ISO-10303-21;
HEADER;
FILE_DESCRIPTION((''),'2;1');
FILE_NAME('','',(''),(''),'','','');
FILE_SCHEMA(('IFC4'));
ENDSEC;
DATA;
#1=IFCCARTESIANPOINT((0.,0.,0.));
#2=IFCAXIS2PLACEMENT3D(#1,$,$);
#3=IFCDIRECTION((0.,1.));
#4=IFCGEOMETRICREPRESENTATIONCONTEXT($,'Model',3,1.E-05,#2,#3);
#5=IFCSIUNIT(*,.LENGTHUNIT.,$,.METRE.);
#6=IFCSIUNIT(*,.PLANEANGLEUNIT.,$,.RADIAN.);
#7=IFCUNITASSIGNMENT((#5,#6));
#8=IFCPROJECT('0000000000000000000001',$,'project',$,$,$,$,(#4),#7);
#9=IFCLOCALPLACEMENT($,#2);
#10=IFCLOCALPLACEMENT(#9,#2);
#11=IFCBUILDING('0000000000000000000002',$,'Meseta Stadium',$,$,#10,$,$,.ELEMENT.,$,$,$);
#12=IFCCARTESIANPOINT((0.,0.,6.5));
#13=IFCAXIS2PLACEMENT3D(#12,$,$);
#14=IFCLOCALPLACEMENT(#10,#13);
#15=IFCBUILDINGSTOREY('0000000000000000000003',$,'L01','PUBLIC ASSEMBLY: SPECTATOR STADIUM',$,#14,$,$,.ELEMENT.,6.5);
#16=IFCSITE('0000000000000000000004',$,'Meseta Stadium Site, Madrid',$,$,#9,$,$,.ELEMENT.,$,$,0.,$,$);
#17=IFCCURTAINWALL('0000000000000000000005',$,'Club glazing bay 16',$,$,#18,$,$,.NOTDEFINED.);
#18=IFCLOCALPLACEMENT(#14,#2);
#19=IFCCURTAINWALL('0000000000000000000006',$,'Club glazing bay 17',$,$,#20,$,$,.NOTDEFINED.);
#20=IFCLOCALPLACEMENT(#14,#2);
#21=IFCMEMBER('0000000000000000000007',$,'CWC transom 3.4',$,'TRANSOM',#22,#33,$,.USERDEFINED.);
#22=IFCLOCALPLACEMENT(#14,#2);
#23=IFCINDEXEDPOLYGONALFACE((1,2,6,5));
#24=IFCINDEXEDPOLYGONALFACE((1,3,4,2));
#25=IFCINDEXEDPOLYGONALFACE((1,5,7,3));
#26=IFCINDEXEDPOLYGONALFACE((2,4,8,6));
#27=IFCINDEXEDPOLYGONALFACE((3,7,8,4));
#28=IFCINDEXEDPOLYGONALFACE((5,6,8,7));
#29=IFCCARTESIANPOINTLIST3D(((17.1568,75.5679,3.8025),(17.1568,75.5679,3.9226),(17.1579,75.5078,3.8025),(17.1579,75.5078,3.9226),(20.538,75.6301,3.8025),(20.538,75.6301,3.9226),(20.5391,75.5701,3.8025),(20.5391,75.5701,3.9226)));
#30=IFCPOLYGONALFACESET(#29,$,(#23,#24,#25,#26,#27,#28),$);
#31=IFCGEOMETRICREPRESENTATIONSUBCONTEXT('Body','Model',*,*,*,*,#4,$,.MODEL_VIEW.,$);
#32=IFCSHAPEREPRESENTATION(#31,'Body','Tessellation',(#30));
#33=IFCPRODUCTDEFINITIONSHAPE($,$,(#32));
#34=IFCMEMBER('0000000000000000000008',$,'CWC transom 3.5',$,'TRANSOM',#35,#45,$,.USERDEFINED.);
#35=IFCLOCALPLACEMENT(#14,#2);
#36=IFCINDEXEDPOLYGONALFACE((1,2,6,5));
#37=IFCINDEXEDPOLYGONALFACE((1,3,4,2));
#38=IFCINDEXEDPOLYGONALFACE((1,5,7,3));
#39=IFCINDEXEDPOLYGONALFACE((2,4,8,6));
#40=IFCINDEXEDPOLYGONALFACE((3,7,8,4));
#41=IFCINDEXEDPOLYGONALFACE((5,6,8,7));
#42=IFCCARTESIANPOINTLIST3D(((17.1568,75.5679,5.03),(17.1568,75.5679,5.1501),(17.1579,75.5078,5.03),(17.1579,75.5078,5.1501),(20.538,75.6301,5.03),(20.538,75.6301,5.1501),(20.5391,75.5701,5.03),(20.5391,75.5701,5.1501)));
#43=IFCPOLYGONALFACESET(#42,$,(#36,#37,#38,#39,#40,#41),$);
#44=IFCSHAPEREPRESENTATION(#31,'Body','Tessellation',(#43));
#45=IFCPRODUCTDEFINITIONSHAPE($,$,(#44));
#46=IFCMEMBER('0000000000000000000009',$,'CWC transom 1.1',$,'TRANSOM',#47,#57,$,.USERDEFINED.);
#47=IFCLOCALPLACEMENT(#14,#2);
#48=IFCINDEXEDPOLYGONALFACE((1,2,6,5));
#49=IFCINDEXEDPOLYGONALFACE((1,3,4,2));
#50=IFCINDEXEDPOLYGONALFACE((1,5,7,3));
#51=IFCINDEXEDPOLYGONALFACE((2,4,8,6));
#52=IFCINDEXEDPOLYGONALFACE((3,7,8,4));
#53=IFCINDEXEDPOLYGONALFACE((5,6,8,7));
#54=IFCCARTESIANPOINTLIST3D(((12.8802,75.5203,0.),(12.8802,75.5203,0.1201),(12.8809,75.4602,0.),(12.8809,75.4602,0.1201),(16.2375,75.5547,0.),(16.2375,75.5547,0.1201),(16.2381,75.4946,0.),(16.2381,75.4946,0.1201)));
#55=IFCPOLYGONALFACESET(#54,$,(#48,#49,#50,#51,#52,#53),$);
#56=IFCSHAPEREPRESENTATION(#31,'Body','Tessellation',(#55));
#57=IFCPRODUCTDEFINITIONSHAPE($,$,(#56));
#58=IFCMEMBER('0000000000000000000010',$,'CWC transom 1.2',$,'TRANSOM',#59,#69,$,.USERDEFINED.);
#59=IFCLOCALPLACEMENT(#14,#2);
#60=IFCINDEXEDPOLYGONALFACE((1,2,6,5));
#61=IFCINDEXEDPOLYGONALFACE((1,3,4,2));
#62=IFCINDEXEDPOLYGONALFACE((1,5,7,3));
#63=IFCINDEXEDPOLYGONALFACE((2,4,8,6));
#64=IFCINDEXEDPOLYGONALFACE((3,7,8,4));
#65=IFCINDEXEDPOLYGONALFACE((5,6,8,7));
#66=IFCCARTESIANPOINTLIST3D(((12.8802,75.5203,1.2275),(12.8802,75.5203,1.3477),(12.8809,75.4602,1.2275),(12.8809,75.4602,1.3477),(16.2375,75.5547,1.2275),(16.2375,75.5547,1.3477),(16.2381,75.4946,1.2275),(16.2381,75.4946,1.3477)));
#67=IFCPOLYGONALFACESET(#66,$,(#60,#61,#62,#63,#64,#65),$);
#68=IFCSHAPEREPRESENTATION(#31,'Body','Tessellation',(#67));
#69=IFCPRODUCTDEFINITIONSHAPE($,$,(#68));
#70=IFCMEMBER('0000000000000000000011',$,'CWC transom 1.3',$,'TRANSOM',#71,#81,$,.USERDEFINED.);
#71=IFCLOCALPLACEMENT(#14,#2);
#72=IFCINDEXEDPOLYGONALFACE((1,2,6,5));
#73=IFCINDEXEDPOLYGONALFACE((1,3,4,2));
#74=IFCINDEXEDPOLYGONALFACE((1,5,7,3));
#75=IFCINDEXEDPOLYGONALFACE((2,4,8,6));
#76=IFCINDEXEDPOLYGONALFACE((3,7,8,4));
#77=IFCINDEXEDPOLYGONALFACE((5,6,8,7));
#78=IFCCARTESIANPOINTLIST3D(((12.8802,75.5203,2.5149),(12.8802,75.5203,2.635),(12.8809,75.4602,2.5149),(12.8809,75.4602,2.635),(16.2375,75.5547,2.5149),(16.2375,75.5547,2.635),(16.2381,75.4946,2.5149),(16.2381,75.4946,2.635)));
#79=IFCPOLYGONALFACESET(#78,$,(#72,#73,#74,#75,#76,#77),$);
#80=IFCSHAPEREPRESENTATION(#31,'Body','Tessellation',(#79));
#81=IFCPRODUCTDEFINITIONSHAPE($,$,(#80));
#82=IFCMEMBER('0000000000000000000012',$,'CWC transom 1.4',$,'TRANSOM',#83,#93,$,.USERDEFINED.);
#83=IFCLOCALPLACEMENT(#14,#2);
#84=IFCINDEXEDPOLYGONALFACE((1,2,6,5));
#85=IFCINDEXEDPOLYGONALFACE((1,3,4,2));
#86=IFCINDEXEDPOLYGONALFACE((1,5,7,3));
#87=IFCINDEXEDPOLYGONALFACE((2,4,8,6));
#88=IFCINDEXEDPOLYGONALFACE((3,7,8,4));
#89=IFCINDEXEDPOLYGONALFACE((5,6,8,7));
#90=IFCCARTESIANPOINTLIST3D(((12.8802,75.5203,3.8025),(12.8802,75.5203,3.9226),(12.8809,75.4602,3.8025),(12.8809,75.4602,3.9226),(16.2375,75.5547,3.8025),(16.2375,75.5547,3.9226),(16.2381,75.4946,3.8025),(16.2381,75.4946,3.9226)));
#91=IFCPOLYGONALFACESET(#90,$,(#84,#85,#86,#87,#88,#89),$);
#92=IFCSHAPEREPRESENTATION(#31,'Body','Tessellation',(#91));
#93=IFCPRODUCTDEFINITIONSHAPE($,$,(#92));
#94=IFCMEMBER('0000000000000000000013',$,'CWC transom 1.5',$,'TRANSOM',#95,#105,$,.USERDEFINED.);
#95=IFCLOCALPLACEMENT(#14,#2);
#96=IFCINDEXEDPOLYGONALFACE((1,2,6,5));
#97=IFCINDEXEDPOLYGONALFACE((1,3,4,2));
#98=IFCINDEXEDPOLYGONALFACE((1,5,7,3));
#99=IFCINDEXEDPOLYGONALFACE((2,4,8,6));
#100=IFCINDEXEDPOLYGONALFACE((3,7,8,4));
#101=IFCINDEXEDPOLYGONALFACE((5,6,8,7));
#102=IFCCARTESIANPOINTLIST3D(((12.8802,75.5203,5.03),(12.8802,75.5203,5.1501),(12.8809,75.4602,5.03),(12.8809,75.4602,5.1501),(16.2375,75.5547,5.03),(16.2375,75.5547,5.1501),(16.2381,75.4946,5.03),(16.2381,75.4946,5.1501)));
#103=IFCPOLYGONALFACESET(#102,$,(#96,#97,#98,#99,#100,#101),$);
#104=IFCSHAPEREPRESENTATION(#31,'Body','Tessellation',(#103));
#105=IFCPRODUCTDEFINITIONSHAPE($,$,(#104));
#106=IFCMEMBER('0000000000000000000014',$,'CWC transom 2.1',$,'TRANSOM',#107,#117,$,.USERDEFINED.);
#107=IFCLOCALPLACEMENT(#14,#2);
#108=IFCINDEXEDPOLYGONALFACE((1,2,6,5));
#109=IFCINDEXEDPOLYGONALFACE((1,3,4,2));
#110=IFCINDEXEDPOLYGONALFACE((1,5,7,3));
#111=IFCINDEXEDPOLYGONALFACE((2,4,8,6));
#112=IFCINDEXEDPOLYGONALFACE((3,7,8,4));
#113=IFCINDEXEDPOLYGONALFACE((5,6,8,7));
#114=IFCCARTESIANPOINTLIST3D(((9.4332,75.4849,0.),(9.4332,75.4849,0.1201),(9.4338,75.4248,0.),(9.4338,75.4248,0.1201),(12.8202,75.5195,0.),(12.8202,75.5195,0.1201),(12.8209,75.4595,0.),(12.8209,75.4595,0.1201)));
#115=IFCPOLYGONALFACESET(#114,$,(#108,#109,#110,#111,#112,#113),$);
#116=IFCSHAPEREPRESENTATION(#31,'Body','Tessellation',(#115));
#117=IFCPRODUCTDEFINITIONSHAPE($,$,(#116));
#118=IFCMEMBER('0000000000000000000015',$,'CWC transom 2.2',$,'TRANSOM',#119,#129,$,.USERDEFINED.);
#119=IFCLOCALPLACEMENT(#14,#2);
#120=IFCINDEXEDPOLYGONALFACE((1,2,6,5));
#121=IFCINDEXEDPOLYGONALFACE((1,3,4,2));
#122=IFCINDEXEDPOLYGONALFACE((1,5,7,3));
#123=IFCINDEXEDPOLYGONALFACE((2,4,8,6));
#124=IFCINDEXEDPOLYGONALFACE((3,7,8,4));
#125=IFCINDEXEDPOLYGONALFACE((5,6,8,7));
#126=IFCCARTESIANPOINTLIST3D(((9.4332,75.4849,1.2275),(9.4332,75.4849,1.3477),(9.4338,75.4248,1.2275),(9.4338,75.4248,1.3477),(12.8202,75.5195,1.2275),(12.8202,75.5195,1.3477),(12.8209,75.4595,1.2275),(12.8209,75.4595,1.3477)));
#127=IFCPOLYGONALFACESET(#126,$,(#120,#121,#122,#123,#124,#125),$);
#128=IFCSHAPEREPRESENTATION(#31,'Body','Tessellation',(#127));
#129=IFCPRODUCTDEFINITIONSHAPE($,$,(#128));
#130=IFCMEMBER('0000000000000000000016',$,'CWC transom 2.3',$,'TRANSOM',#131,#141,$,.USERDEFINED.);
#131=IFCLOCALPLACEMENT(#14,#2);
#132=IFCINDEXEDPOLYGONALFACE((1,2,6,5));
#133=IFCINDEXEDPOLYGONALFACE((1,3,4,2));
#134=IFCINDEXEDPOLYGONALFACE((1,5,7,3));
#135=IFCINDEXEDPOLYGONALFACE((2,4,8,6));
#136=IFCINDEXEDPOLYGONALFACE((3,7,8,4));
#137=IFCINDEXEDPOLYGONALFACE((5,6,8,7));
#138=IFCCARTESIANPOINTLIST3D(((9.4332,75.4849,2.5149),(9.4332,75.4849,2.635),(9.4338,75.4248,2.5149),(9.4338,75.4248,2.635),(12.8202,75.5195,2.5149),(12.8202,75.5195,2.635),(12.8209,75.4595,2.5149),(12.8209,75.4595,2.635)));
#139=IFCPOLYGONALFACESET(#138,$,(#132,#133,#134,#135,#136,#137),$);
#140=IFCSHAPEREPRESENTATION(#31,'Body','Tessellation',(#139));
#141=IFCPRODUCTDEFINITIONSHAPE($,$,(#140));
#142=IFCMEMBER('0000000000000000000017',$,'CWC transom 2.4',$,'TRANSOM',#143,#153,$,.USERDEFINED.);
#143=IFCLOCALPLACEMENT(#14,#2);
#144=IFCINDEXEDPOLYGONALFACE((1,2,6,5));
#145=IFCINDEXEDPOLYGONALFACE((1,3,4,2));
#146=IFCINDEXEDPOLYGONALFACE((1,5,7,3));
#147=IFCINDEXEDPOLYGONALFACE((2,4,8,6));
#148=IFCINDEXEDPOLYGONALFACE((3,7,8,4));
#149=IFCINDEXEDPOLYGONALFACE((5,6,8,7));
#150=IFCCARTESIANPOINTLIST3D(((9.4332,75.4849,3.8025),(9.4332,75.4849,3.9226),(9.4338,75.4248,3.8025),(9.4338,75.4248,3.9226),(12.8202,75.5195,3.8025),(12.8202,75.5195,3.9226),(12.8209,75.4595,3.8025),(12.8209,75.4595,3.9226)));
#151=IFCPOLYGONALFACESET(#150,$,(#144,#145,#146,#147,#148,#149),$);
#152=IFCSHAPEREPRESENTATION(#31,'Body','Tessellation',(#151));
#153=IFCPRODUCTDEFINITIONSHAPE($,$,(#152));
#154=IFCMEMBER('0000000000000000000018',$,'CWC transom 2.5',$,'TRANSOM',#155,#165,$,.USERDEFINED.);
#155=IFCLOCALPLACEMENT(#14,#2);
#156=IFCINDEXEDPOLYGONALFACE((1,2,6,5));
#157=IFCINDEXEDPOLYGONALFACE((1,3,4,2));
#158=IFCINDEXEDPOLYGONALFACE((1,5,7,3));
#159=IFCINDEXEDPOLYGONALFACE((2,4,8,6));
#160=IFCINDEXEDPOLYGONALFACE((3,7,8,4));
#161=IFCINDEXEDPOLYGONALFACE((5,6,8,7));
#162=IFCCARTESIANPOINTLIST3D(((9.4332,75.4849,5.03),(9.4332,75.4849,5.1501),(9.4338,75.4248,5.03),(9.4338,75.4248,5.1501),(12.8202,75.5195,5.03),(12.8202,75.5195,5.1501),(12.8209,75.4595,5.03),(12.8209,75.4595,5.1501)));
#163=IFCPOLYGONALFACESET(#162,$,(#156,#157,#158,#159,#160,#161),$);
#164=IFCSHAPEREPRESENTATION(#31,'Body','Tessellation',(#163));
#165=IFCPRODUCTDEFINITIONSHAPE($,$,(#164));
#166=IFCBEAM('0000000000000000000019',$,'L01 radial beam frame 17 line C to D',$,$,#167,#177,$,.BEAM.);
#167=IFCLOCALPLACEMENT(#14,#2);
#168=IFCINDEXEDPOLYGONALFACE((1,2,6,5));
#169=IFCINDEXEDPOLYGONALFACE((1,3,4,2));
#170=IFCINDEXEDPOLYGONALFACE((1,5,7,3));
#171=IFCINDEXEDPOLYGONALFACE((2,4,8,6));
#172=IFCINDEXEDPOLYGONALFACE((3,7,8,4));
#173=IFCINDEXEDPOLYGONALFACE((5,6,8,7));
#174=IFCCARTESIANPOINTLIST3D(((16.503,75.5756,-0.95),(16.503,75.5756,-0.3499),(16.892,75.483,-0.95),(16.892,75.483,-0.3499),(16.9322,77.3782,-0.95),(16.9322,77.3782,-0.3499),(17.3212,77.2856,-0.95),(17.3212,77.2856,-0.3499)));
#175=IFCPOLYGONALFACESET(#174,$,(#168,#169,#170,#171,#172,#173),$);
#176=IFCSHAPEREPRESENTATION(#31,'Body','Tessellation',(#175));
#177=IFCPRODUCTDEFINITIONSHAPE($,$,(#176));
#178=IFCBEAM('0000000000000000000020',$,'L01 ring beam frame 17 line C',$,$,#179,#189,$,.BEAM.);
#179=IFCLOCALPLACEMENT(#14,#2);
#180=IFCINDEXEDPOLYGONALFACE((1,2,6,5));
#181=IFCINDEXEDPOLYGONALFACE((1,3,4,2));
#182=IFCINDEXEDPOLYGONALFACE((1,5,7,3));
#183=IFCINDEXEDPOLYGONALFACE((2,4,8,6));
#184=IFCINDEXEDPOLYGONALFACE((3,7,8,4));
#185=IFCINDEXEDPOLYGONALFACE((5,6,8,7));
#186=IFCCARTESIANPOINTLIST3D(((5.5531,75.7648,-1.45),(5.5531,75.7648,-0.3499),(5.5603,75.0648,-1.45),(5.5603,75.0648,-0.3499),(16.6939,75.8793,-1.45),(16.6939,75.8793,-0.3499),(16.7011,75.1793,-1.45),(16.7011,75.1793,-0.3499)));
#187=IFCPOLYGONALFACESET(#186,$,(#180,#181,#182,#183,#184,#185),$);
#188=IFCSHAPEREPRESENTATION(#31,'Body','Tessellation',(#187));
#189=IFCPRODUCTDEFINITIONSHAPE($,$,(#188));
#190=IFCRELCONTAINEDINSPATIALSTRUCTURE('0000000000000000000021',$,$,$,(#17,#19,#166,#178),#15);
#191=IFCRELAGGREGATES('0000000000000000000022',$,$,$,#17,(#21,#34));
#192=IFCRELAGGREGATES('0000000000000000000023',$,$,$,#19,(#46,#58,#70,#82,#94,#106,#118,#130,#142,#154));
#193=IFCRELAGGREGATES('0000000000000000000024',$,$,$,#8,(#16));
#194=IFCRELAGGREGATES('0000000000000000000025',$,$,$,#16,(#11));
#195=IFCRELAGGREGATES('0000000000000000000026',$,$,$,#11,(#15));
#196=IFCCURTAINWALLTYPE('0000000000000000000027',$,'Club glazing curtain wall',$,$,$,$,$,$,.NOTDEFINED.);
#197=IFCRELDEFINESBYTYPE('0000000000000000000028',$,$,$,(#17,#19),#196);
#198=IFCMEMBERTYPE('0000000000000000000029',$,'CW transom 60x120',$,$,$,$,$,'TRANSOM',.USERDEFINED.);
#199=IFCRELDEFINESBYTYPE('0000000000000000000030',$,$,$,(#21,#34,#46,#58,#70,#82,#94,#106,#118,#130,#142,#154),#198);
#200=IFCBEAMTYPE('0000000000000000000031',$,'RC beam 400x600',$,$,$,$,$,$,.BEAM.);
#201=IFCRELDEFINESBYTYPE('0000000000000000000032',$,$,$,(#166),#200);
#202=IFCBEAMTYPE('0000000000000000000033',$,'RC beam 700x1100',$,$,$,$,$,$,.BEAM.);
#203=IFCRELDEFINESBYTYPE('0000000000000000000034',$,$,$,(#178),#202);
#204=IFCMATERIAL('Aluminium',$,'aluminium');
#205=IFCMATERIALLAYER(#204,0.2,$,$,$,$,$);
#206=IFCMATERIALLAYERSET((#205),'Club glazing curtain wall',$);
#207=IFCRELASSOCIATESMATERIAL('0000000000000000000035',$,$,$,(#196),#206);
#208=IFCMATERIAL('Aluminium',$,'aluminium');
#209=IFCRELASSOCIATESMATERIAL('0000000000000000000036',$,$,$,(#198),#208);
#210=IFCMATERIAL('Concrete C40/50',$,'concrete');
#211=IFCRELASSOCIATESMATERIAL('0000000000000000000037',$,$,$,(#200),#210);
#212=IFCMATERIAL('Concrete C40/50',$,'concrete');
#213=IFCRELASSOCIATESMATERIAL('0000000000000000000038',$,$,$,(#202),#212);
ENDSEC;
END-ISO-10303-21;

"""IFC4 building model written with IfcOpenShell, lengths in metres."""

from ifc_helpers import new_model, si_unit, direction, frame, origin, origin_2d, place, context, subcontext, project, spatial, rectangle, extrude, material, layer, layer_set, material_profile, profile_set, type_object, element, aggregate, save


model = new_model("IFC4")

# Units and contexts
model_context = context("Model", 3, precision=1e-05, world=origin(), true_north=direction((0.0, 1.0)))
body_context = subcontext(model_context, "Body", "Model", "MODEL_VIEW")
ifc_project = project(units=[si_unit("LENGTHUNIT", "METRE"), si_unit("PLANEANGLEUNIT", "RADIAN")], contexts=[model_context])

# Site, building, storey
site_placement = place(None, origin())
site = spatial("IfcSite", under=ifc_project, at=site_placement, Name="Meseta Stadium Site, Madrid", CompositionType="ELEMENT", RefElevation=0.0)
building_placement = place(site_placement, origin())
building = spatial("IfcBuilding", under=site, at=building_placement, Name="Meseta Stadium", CompositionType="ELEMENT")
storey_placement = place(building_placement, frame((0.0, 0.0, 6.5)))
storey = spatial("IfcBuildingStorey", under=building, at=storey_placement, Name="L01", Description="PUBLIC ASSEMBLY: SPECTATOR STADIUM", CompositionType="ELEMENT", Elevation=6.5)

# Curtain walls
ifc_material_1 = material(Name="Aluminium", Category="aluminium")
ifc_layer_1 = layer(ifc_material_1, 0.2)
ifc_layer_set_1 = layer_set([ifc_layer_1], Name="Club glazing curtain wall")
curtain_wall_type = type_object("IfcCurtainWallType", Name="Club glazing curtain wall", PredefinedType="NOTDEFINED", material=ifc_layer_set_1)
curtain_wall_1_placement = place(storey_placement, origin())
curtain_wall_1 = element("IfcCurtainWall", 1, at=curtain_wall_1_placement, inside=storey, type_object=curtain_wall_type, Name="Club glazing bay 16", PredefinedType="NOTDEFINED")
curtain_wall_2_placement = place(storey_placement, origin())
curtain_wall_2 = element("IfcCurtainWall", 2, at=curtain_wall_2_placement, inside=storey, type_object=curtain_wall_type, Name="Club glazing bay 17", PredefinedType="NOTDEFINED")

# Members
ifc_material_2 = material(Name="Aluminium", Category="aluminium")
ifc_material_profile_1 = material_profile(ifc_material_2, rectangle(XDim=0.0601, YDim=0.1201, at=origin_2d()), Name="CW 60x120")
ifc_profile_set_1 = profile_set([ifc_material_profile_1], Name="Aluminium")
member_type_1 = type_object("IfcMemberType", Name="CW transom 60x120", ElementType="TRANSOM", PredefinedType="USERDEFINED", material=ifc_profile_set_1)
member_1_placement = place(storey_placement, frame((20.5386, 75.6001, 3.8625), z_axis=(-0.999831, -0.018408, 0.0), x_axis=(0.018408, -0.999831, 0.0)))
member_1 = element("IfcMember", 3, at=member_1_placement, type_object=member_type_1, Name="CWC transom 3.4", ObjectType="TRANSOM", PredefinedType="USERDEFINED", context=body_context, shape_type="SweptSolid", body=[
    extrude(rectangle(XDim=0.0601, YDim=0.1201, at=origin_2d()), origin(), (0.0, 0.0, 1.0), 3.3818),
])
member_2_placement = place(storey_placement, frame((20.5386, 75.6001, 5.0901), z_axis=(-0.999831, -0.018408, 0.0), x_axis=(0.018408, -0.999831, 0.0)))
member_2 = element("IfcMember", 4, at=member_2_placement, type_object=member_type_1, Name="CWC transom 3.5", ObjectType="TRANSOM", PredefinedType="USERDEFINED", context=body_context, shape_type="SweptSolid", body=[
    extrude(rectangle(XDim=0.0601, YDim=0.1201, at=origin_2d()), origin(), (0.0, 0.0, 1.0), 3.3818),
])
member_3_placement = place(storey_placement, frame((16.2378, 75.5247, 0.0601), z_axis=(-0.999947, -0.010253, 0.0), x_axis=(0.010253, -0.999947, 0.0)))
member_3 = element("IfcMember", 5, at=member_3_placement, type_object=member_type_1, Name="CWC transom 1.1", ObjectType="TRANSOM", PredefinedType="USERDEFINED", context=body_context, shape_type="SweptSolid", body=[
    extrude(rectangle(XDim=0.0601, YDim=0.1201, at=origin_2d()), origin(), (0.0, 0.0, 1.0), 3.3574),
])
member_4_placement = place(storey_placement, frame((16.2378, 75.5247, 1.2876), z_axis=(-0.999947, -0.010253, 0.0), x_axis=(0.010253, -0.999947, 0.0)))
member_4 = element("IfcMember", 6, at=member_4_placement, type_object=member_type_1, Name="CWC transom 1.2", ObjectType="TRANSOM", PredefinedType="USERDEFINED", context=body_context, shape_type="SweptSolid", body=[
    extrude(rectangle(XDim=0.0601, YDim=0.1201, at=origin_2d()), origin(), (0.0, 0.0, 1.0), 3.3574),
])
member_5_placement = place(storey_placement, frame((16.2378, 75.5247, 2.575), z_axis=(-0.999947, -0.010253, 0.0), x_axis=(0.010253, -0.999947, 0.0)))
member_5 = element("IfcMember", 7, at=member_5_placement, type_object=member_type_1, Name="CWC transom 1.3", ObjectType="TRANSOM", PredefinedType="USERDEFINED", context=body_context, shape_type="SweptSolid", body=[
    extrude(rectangle(XDim=0.0601, YDim=0.1201, at=origin_2d()), origin(), (0.0, 0.0, 1.0), 3.3574),
])
member_6_placement = place(storey_placement, frame((16.2378, 75.5247, 3.8625), z_axis=(-0.999947, -0.010253, 0.0), x_axis=(0.010253, -0.999947, 0.0)))
member_6 = element("IfcMember", 8, at=member_6_placement, type_object=member_type_1, Name="CWC transom 1.4", ObjectType="TRANSOM", PredefinedType="USERDEFINED", context=body_context, shape_type="SweptSolid", body=[
    extrude(rectangle(XDim=0.0601, YDim=0.1201, at=origin_2d()), origin(), (0.0, 0.0, 1.0), 3.3574),
])
member_7_placement = place(storey_placement, frame((16.2378, 75.5247, 5.0901), z_axis=(-0.999947, -0.010253, 0.0), x_axis=(0.010253, -0.999947, 0.0)))
member_7 = element("IfcMember", 9, at=member_7_placement, type_object=member_type_1, Name="CWC transom 1.5", ObjectType="TRANSOM", PredefinedType="USERDEFINED", context=body_context, shape_type="SweptSolid", body=[
    extrude(rectangle(XDim=0.0601, YDim=0.1201, at=origin_2d()), origin(), (0.0, 0.0, 1.0), 3.3574),
])
member_8_placement = place(storey_placement, frame((12.8206, 75.4895, 0.0601), z_axis=(-0.999948, -0.010235, 0.0), x_axis=(0.010235, -0.999948, 0.0)))
member_8 = element("IfcMember", 10, at=member_8_placement, type_object=member_type_1, Name="CWC transom 2.1", ObjectType="TRANSOM", PredefinedType="USERDEFINED", context=body_context, shape_type="SweptSolid", body=[
    extrude(rectangle(XDim=0.0601, YDim=0.1201, at=origin_2d()), origin(), (0.0, 0.0, 1.0), 3.3872),
])
member_9_placement = place(storey_placement, frame((12.8206, 75.4895, 1.2876), z_axis=(-0.999948, -0.010235, 0.0), x_axis=(0.010235, -0.999948, 0.0)))
member_9 = element("IfcMember", 11, at=member_9_placement, type_object=member_type_1, Name="CWC transom 2.2", ObjectType="TRANSOM", PredefinedType="USERDEFINED", context=body_context, shape_type="SweptSolid", body=[
    extrude(rectangle(XDim=0.0601, YDim=0.1201, at=origin_2d()), origin(), (0.0, 0.0, 1.0), 3.3872),
])
member_10_placement = place(storey_placement, frame((12.8206, 75.4895, 2.575), z_axis=(-0.999948, -0.010235, 0.0), x_axis=(0.010235, -0.999948, 0.0)))
member_10 = element("IfcMember", 12, at=member_10_placement, type_object=member_type_1, Name="CWC transom 2.3", ObjectType="TRANSOM", PredefinedType="USERDEFINED", context=body_context, shape_type="SweptSolid", body=[
    extrude(rectangle(XDim=0.0601, YDim=0.1201, at=origin_2d()), origin(), (0.0, 0.0, 1.0), 3.3872),
])
member_11_placement = place(storey_placement, frame((12.8206, 75.4895, 3.8625), z_axis=(-0.999948, -0.010235, 0.0), x_axis=(0.010235, -0.999948, 0.0)))
member_11 = element("IfcMember", 13, at=member_11_placement, type_object=member_type_1, Name="CWC transom 2.4", ObjectType="TRANSOM", PredefinedType="USERDEFINED", context=body_context, shape_type="SweptSolid", body=[
    extrude(rectangle(XDim=0.0601, YDim=0.1201, at=origin_2d()), origin(), (0.0, 0.0, 1.0), 3.3872),
])
member_12_placement = place(storey_placement, frame((12.8206, 75.4895, 5.0901), z_axis=(-0.999948, -0.010235, 0.0), x_axis=(0.010235, -0.999948, 0.0)))
member_12 = element("IfcMember", 14, at=member_12_placement, type_object=member_type_1, Name="CWC transom 2.5", ObjectType="TRANSOM", PredefinedType="USERDEFINED", context=body_context, shape_type="SweptSolid", body=[
    extrude(rectangle(XDim=0.0601, YDim=0.1201, at=origin_2d()), origin(), (0.0, 0.0, 1.0), 3.3872),
])

# Beams
ifc_material_3 = material(Name="Concrete C40/50", Category="concrete")
ifc_material_profile_2 = material_profile(ifc_material_3, rectangle(XDim=0.3999, YDim=0.6001, at=origin_2d()), Name="RC 400x600")
ifc_profile_set_2 = profile_set([ifc_material_profile_2], Name="Concrete C40/50")
beam_type_1 = type_object("IfcBeamType", Name="RC beam 400x600", PredefinedType="BEAM", material=ifc_profile_set_2)
beam_1_placement = place(storey_placement, frame((16.6975, 75.5293, -0.6499), z_axis=(0.231609, 0.972809, 0.0), x_axis=(-0.972809, 0.231609, 0.0)))
element("IfcBeam", 15, at=beam_1_placement, inside=storey, type_object=beam_type_1, Name="L01 radial beam frame 17 line C to D", PredefinedType="BEAM", context=body_context, shape_type="SweptSolid", body=[
    extrude(rectangle(XDim=0.3999, YDim=0.6001, at=origin_2d()), origin(), (0.0, 0.0, 1.0), 1.853),
])
ifc_material_4 = material(Name="Concrete C40/50", Category="concrete")
ifc_material_profile_3 = material_profile(ifc_material_4, rectangle(XDim=0.7, YDim=1.1001, at=origin_2d()), Name="RC 700x1100")
ifc_profile_set_3 = profile_set([ifc_material_profile_3], Name="Concrete C40/50")
beam_type_2 = type_object("IfcBeamType", Name="RC beam 700x1100", PredefinedType="BEAM", material=ifc_profile_set_3)
beam_2_placement = place(storey_placement, frame((16.6975, 75.5293, -0.8999), z_axis=(-0.999947, -0.010277, 0.0), x_axis=(0.010277, -0.999947, 0.0)))
element("IfcBeam", 16, at=beam_2_placement, inside=storey, type_object=beam_type_2, Name="L01 ring beam frame 17 line C", PredefinedType="BEAM", context=body_context, shape_type="SweptSolid", body=[
    extrude(rectangle(XDim=0.7, YDim=1.1001, at=origin_2d()), origin(), (0.0, 0.0, 1.0), 11.1414),
])

aggregate(curtain_wall_1, [member_1, member_2])
aggregate(curtain_wall_2, [member_3, member_4, member_5, member_6, member_7, member_8, member_9, member_10, member_11, member_12])

save(model, "model.ifc")
